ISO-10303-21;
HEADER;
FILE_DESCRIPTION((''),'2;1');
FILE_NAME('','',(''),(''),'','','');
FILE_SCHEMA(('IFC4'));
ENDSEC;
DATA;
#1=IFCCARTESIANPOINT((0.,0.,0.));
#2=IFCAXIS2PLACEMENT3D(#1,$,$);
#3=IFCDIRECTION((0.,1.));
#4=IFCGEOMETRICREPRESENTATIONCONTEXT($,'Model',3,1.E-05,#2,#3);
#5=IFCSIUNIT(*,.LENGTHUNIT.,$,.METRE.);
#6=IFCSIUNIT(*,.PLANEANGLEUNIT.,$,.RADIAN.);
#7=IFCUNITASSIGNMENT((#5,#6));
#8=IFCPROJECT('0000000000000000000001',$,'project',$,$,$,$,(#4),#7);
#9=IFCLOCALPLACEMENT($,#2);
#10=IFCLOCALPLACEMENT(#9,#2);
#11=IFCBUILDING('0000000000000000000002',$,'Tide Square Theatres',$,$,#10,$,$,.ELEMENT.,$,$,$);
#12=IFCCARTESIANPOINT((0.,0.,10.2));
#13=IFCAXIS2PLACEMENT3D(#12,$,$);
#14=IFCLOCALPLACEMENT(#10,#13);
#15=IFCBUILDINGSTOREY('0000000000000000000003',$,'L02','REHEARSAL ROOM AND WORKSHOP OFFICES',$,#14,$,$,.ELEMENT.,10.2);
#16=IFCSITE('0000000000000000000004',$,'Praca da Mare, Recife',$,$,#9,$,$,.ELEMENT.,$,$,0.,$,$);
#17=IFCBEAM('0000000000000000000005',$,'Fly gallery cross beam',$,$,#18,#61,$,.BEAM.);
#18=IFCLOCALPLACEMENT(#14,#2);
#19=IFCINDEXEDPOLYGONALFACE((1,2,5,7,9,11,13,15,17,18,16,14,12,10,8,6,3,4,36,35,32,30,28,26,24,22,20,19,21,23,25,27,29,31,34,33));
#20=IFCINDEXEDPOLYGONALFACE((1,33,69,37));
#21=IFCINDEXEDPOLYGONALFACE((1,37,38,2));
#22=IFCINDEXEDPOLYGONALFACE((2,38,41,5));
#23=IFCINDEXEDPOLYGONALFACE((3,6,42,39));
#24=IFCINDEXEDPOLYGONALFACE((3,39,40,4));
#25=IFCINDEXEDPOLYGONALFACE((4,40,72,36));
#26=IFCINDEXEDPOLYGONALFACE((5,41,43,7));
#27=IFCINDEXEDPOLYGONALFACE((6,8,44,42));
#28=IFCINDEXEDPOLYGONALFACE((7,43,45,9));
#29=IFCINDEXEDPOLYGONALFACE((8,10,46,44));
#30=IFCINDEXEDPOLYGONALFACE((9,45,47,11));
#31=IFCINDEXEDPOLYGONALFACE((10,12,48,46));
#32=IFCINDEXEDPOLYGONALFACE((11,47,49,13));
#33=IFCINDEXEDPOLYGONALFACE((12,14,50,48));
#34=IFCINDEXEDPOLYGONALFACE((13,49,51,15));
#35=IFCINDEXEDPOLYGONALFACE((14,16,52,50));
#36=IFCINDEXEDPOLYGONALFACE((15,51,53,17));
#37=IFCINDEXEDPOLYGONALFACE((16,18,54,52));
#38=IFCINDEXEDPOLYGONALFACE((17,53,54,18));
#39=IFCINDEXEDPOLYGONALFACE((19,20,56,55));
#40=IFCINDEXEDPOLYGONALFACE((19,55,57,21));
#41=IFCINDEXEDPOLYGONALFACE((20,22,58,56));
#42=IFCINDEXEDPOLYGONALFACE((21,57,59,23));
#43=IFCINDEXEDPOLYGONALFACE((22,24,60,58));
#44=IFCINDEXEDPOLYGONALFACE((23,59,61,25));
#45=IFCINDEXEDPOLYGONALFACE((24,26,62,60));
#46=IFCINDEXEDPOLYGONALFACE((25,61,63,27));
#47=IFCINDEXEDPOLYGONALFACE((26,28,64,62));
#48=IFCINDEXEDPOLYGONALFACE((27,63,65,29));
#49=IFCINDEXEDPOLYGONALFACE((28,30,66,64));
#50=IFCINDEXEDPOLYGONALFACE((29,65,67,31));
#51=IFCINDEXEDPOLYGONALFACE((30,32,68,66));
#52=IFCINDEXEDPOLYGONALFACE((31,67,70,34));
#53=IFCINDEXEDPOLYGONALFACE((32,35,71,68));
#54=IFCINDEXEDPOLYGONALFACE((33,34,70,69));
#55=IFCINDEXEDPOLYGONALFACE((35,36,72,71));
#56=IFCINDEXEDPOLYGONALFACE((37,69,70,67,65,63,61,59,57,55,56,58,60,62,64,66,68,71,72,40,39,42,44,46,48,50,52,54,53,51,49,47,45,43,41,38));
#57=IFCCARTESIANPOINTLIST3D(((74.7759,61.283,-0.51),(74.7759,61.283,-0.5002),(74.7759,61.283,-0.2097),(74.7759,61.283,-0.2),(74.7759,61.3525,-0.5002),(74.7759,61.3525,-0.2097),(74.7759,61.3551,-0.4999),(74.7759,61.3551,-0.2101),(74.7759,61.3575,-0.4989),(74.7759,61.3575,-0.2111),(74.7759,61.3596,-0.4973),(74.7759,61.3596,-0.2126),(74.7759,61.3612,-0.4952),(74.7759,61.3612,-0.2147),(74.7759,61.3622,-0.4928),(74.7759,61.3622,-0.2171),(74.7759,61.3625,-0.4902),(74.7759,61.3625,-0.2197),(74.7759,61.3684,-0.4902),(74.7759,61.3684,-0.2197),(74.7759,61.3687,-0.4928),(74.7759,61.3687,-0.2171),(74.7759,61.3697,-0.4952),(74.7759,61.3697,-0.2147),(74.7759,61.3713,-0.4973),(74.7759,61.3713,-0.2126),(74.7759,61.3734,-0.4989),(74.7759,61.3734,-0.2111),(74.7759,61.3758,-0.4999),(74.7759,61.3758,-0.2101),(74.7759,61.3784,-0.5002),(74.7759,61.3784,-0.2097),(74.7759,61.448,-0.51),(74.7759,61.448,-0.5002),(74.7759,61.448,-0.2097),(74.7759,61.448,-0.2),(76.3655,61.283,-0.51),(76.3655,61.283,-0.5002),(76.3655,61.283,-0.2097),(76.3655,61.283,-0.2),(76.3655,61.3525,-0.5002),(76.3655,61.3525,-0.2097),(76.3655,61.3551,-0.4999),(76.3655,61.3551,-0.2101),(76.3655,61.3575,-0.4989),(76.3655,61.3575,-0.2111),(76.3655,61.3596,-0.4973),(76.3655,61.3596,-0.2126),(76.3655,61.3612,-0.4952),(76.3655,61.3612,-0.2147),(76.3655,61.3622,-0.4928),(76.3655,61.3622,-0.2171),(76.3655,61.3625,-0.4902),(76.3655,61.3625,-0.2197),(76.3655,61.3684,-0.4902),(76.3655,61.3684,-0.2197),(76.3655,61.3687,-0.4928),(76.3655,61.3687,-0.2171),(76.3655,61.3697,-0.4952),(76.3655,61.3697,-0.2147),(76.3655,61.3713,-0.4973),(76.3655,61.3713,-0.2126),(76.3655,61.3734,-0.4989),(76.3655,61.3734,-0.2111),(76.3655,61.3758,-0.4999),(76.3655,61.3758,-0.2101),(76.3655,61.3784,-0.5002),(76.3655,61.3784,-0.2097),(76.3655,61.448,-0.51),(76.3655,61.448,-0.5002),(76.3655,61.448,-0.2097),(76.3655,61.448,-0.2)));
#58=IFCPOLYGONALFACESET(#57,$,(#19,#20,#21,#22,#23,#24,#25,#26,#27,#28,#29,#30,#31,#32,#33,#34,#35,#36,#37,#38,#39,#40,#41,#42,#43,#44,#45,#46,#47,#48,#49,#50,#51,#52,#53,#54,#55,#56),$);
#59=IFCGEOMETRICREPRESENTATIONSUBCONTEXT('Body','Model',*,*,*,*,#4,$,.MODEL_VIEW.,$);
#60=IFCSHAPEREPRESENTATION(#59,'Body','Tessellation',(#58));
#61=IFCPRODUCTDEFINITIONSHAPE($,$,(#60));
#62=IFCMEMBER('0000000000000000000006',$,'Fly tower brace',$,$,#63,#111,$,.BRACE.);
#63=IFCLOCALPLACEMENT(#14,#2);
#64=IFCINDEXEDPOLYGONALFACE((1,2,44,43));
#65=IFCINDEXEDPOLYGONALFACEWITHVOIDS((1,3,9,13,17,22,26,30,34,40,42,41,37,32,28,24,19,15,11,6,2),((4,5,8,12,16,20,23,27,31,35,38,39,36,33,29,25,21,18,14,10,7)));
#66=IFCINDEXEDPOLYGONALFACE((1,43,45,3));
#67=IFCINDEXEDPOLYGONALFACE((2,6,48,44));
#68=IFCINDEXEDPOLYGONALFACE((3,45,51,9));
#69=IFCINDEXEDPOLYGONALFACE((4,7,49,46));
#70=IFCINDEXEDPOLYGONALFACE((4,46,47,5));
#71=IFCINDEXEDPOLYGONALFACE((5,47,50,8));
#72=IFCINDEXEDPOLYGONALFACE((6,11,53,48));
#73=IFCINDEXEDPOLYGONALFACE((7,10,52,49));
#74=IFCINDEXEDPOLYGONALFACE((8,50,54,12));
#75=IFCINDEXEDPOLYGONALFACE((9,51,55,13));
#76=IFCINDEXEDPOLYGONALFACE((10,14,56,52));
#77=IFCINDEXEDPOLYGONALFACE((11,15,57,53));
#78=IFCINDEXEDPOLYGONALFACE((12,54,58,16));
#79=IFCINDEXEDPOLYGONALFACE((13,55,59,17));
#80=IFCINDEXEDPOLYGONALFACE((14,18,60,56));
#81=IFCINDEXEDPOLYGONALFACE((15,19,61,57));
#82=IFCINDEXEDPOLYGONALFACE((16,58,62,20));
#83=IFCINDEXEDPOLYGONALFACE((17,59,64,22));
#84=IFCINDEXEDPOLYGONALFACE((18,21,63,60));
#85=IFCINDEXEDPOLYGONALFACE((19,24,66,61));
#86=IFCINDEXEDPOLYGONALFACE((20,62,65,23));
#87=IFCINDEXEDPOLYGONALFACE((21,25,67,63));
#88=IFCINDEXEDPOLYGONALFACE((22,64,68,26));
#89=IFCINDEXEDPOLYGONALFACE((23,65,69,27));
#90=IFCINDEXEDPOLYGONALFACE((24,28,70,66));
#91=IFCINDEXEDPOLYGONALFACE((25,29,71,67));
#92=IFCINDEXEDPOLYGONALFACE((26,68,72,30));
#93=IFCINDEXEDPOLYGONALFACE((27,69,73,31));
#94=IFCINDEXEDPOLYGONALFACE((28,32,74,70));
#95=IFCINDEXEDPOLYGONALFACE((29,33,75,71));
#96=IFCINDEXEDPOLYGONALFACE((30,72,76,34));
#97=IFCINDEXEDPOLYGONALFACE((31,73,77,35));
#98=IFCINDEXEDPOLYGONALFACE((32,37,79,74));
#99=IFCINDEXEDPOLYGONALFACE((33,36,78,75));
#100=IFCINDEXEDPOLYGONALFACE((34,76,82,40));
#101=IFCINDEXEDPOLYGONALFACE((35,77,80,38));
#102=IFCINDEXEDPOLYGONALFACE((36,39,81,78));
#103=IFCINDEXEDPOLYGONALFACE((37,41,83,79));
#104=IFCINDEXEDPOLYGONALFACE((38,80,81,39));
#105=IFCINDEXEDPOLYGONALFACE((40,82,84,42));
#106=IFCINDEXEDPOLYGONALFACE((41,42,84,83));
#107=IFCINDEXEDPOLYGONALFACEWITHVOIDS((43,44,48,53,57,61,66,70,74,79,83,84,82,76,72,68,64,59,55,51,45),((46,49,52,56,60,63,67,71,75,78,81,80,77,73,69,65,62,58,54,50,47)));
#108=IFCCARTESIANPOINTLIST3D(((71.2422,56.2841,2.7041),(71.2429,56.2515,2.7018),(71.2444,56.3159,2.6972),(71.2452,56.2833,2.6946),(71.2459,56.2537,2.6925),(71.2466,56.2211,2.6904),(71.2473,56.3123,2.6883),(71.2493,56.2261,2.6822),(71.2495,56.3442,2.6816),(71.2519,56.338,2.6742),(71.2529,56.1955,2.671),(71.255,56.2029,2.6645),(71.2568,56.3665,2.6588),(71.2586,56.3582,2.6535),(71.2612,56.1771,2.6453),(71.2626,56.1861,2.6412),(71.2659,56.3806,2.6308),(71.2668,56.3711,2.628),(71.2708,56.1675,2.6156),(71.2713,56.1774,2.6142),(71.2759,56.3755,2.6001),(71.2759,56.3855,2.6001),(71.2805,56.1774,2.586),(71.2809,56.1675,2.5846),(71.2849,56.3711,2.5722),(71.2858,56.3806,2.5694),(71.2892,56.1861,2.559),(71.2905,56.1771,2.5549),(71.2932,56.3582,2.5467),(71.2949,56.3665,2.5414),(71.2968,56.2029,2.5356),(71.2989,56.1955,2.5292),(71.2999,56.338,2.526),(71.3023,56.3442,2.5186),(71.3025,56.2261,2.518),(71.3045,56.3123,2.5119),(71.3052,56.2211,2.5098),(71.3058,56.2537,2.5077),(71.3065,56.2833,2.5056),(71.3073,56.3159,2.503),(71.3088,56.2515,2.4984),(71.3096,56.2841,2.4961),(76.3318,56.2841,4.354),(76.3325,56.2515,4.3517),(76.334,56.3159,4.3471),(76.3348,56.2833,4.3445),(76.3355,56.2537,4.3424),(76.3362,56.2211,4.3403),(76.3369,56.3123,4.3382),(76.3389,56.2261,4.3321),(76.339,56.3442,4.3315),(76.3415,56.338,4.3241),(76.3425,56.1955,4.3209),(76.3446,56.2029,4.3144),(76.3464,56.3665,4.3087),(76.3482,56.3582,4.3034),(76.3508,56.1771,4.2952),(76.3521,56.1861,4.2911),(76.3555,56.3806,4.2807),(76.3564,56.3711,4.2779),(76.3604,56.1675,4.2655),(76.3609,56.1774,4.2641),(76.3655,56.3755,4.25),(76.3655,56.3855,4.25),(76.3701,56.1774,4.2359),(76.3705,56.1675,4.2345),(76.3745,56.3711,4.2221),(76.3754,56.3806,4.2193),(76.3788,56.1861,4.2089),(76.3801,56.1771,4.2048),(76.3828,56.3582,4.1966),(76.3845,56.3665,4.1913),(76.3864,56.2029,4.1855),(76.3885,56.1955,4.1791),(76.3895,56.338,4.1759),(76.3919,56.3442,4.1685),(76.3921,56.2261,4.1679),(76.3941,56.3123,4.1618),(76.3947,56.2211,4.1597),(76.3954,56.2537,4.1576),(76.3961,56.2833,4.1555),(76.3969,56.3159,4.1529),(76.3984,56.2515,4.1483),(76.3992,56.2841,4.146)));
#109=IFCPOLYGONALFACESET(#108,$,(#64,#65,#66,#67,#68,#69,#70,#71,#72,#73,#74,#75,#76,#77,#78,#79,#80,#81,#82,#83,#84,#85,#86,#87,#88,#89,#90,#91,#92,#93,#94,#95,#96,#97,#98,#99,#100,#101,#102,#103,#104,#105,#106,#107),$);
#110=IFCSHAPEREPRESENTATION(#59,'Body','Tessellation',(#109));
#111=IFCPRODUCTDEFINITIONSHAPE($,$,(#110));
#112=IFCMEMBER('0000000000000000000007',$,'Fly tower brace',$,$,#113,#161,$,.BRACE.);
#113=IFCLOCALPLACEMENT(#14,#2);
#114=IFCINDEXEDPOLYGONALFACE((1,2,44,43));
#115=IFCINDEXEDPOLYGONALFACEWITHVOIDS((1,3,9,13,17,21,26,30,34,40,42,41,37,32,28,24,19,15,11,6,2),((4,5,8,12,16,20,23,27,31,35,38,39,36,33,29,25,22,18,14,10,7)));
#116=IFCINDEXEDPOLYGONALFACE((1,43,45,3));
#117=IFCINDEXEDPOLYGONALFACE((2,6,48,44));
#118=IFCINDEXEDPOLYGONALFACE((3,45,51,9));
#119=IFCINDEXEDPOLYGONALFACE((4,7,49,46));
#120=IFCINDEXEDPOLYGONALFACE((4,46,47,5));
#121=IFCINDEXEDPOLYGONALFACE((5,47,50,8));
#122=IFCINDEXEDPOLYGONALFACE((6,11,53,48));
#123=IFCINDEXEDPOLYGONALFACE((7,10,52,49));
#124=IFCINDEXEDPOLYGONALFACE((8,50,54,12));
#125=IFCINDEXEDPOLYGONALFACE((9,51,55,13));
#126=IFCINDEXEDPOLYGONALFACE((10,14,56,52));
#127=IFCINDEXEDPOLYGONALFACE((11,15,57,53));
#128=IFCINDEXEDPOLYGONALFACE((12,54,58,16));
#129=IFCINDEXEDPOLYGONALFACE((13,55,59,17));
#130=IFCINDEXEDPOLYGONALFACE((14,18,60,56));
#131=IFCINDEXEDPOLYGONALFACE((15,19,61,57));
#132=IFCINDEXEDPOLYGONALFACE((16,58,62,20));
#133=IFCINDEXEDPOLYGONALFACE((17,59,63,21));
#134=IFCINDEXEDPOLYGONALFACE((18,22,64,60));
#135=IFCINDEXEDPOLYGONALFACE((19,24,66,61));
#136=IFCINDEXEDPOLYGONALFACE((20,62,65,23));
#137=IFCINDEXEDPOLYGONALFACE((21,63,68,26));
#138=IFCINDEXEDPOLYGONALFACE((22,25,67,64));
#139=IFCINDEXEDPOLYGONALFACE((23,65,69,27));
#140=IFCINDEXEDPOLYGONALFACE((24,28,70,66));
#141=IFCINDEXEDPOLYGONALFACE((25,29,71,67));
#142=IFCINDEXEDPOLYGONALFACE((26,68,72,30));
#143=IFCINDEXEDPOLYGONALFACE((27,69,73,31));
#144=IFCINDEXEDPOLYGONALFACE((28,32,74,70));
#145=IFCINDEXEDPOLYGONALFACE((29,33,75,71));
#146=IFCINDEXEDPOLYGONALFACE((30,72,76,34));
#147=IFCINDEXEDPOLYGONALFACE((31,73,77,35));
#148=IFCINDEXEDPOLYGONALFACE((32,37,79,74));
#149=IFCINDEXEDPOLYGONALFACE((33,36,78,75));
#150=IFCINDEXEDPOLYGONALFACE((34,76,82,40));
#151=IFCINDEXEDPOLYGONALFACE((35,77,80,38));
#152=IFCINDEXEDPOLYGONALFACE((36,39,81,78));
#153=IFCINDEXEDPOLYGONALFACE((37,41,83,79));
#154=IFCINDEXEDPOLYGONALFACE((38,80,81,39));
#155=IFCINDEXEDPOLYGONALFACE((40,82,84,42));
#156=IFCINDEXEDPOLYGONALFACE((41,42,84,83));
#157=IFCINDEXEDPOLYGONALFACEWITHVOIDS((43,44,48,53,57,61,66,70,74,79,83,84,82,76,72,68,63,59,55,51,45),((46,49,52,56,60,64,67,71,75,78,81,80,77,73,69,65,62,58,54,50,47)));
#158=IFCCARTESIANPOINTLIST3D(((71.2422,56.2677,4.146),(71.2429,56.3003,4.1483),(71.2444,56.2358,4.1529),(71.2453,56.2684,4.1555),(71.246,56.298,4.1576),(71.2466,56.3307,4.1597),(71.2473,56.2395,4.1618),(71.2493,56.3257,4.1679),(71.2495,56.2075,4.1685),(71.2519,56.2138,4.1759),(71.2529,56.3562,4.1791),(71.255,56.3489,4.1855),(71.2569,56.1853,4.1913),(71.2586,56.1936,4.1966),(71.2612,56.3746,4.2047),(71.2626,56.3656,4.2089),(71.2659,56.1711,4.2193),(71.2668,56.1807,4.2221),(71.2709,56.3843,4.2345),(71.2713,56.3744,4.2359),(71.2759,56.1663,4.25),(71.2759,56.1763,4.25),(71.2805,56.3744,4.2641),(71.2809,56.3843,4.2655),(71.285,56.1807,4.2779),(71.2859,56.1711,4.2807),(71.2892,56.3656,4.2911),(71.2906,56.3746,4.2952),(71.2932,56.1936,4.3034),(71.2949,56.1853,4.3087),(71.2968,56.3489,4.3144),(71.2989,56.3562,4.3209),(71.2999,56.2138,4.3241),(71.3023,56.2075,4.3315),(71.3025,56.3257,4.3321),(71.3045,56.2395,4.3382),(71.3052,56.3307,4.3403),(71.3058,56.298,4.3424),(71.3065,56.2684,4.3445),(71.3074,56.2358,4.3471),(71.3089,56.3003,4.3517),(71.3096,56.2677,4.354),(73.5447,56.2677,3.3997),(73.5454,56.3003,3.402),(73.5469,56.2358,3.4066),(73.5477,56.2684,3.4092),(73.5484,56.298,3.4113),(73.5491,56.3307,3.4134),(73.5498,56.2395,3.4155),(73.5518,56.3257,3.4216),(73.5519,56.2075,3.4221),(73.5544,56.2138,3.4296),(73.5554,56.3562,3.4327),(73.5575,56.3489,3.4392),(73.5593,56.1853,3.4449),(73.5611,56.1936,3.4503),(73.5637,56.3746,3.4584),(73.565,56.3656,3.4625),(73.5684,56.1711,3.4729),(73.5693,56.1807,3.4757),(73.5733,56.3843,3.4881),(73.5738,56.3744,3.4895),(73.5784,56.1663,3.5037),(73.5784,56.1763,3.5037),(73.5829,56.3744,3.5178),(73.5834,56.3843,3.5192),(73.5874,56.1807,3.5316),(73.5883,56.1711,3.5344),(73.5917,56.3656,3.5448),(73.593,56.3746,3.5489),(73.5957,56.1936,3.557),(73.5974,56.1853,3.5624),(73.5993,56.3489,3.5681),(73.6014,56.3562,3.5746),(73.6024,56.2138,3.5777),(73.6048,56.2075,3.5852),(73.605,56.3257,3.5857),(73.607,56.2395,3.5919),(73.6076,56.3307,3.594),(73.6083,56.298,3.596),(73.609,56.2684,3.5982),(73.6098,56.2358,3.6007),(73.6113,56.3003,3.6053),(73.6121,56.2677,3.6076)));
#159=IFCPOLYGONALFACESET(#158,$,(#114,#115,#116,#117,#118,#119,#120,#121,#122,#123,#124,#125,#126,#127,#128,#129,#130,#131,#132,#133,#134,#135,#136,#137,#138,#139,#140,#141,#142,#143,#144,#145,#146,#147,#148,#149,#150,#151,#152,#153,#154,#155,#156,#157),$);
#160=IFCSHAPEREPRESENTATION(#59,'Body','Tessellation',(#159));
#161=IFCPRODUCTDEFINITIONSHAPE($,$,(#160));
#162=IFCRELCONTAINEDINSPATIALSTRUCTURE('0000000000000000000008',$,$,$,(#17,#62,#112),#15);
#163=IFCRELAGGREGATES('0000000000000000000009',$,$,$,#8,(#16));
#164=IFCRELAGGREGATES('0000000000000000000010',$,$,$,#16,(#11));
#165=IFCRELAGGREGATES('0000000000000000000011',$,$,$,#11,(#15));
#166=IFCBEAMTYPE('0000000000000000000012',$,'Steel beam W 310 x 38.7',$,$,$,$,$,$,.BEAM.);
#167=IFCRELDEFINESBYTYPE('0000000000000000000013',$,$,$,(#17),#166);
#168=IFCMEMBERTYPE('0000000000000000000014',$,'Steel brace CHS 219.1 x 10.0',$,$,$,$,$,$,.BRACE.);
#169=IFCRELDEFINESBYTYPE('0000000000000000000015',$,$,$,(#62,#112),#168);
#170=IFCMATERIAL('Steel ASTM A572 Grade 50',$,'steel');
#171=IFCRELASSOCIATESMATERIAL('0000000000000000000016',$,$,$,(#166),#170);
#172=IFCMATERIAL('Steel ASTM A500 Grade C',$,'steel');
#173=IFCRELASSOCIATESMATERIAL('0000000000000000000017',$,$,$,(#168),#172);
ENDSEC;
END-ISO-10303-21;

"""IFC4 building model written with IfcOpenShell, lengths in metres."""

from ifc_helpers import new_model, si_unit, direction, frame, origin, origin_2d, place, context, subcontext, project, spatial, hollow_circle, i_section, extrude, material, material_profile, profile_set, type_object, element, save


model = new_model("IFC4")

# Units and contexts
model_context = context("Model", 3, precision=1e-05, world=origin(), true_north=direction((0.0, 1.0)))
body_context = subcontext(model_context, "Body", "Model", "MODEL_VIEW")
ifc_project = project(units=[si_unit("LENGTHUNIT", "METRE"), si_unit("PLANEANGLEUNIT", "RADIAN")], contexts=[model_context])

# Site, building, storey
site_placement = place(None, origin())
site = spatial("IfcSite", under=ifc_project, at=site_placement, Name="Praca da Mare, Recife", CompositionType="ELEMENT", RefElevation=0.0)
building_placement = place(site_placement, origin())
building = spatial("IfcBuilding", under=site, at=building_placement, Name="Tide Square Theatres", CompositionType="ELEMENT")
storey_placement = place(building_placement, frame((0.0, 0.0, 10.2)))
storey = spatial("IfcBuildingStorey", under=building, at=storey_placement, Name="L02", Description="REHEARSAL ROOM AND WORKSHOP OFFICES", CompositionType="ELEMENT", Elevation=10.2)

# Beam
ifc_material_1 = material(Name="Steel ASTM A572 Grade 50", Category="steel")
ifc_material_profile_1 = material_profile(ifc_material_1, i_section(OverallWidth=0.165, OverallDepth=0.3101, WebThickness=0.0059, FlangeThickness=0.0098, FilletRadius=0.01, at=origin_2d()))
ifc_profile_set_1 = profile_set([ifc_material_profile_1], Name="Steel ASTM A572 Grade 50")
beam_type_1 = type_object("IfcBeamType", Name="Steel beam W 310 x 38.7", PredefinedType="BEAM", material=ifc_profile_set_1)
beam_1_placement = place(storey_placement, frame((74.7759, 61.3655, -0.355), z_axis=(1.0, 0.0, 0.0), x_axis=(0.0, 1.0, 0.0)))
element("IfcBeam", 1, at=beam_1_placement, inside=storey, type_object=beam_type_1, Name="Fly gallery cross beam", PredefinedType="BEAM", context=body_context, shape_type="SweptSolid", body=[
    extrude(i_section(OverallWidth=0.165, OverallDepth=0.3101, WebThickness=0.0059, FlangeThickness=0.0098, FilletRadius=0.01, at=origin_2d()), origin(), (0.0, 0.0, 1.0), 1.5896),
])

# Members
ifc_material_2 = material(Name="Steel ASTM A500 Grade C", Category="steel")
ifc_material_profile_2 = material_profile(ifc_material_2, hollow_circle(Radius=0.1096, WallThickness=0.01, at=origin_2d()))
ifc_profile_set_2 = profile_set([ifc_material_profile_2], Name="Steel ASTM A500 Grade C")
member_type = type_object("IfcMemberType", Name="Steel brace CHS 219.1 x 10.0", PredefinedType="BRACE", material=ifc_profile_set_2)
member_1_placement = place(storey_placement, frame((71.2759, 56.2759, 2.6001), z_axis=(0.951266, 0.0, 0.308373), x_axis=(0.0, 1.0, 0.0)))
element("IfcMember", 2, at=member_1_placement, inside=storey, type_object=member_type, Name="Fly tower brace", PredefinedType="BRACE", context=body_context, shape_type="SweptSolid", body=[
    extrude(hollow_circle(Radius=0.1096, WallThickness=0.01, at=origin_2d()), origin(), (0.0, 0.0, 1.0), 5.3503),
])
member_2_placement = place(storey_placement, frame((73.5784, 56.2759, 3.5037), z_axis=(-0.951273, 0.0, 0.308349), x_axis=(0.0, -1.0, 0.0)))
element("IfcMember", 3, at=member_2_placement, inside=storey, type_object=member_type, Name="Fly tower brace", PredefinedType="BRACE", context=body_context, shape_type="SweptSolid", body=[
    extrude(hollow_circle(Radius=0.1096, WallThickness=0.01, at=origin_2d()), origin(), (0.0, 0.0, 1.0), 2.4204),
])

save(model, "model.ifc")
